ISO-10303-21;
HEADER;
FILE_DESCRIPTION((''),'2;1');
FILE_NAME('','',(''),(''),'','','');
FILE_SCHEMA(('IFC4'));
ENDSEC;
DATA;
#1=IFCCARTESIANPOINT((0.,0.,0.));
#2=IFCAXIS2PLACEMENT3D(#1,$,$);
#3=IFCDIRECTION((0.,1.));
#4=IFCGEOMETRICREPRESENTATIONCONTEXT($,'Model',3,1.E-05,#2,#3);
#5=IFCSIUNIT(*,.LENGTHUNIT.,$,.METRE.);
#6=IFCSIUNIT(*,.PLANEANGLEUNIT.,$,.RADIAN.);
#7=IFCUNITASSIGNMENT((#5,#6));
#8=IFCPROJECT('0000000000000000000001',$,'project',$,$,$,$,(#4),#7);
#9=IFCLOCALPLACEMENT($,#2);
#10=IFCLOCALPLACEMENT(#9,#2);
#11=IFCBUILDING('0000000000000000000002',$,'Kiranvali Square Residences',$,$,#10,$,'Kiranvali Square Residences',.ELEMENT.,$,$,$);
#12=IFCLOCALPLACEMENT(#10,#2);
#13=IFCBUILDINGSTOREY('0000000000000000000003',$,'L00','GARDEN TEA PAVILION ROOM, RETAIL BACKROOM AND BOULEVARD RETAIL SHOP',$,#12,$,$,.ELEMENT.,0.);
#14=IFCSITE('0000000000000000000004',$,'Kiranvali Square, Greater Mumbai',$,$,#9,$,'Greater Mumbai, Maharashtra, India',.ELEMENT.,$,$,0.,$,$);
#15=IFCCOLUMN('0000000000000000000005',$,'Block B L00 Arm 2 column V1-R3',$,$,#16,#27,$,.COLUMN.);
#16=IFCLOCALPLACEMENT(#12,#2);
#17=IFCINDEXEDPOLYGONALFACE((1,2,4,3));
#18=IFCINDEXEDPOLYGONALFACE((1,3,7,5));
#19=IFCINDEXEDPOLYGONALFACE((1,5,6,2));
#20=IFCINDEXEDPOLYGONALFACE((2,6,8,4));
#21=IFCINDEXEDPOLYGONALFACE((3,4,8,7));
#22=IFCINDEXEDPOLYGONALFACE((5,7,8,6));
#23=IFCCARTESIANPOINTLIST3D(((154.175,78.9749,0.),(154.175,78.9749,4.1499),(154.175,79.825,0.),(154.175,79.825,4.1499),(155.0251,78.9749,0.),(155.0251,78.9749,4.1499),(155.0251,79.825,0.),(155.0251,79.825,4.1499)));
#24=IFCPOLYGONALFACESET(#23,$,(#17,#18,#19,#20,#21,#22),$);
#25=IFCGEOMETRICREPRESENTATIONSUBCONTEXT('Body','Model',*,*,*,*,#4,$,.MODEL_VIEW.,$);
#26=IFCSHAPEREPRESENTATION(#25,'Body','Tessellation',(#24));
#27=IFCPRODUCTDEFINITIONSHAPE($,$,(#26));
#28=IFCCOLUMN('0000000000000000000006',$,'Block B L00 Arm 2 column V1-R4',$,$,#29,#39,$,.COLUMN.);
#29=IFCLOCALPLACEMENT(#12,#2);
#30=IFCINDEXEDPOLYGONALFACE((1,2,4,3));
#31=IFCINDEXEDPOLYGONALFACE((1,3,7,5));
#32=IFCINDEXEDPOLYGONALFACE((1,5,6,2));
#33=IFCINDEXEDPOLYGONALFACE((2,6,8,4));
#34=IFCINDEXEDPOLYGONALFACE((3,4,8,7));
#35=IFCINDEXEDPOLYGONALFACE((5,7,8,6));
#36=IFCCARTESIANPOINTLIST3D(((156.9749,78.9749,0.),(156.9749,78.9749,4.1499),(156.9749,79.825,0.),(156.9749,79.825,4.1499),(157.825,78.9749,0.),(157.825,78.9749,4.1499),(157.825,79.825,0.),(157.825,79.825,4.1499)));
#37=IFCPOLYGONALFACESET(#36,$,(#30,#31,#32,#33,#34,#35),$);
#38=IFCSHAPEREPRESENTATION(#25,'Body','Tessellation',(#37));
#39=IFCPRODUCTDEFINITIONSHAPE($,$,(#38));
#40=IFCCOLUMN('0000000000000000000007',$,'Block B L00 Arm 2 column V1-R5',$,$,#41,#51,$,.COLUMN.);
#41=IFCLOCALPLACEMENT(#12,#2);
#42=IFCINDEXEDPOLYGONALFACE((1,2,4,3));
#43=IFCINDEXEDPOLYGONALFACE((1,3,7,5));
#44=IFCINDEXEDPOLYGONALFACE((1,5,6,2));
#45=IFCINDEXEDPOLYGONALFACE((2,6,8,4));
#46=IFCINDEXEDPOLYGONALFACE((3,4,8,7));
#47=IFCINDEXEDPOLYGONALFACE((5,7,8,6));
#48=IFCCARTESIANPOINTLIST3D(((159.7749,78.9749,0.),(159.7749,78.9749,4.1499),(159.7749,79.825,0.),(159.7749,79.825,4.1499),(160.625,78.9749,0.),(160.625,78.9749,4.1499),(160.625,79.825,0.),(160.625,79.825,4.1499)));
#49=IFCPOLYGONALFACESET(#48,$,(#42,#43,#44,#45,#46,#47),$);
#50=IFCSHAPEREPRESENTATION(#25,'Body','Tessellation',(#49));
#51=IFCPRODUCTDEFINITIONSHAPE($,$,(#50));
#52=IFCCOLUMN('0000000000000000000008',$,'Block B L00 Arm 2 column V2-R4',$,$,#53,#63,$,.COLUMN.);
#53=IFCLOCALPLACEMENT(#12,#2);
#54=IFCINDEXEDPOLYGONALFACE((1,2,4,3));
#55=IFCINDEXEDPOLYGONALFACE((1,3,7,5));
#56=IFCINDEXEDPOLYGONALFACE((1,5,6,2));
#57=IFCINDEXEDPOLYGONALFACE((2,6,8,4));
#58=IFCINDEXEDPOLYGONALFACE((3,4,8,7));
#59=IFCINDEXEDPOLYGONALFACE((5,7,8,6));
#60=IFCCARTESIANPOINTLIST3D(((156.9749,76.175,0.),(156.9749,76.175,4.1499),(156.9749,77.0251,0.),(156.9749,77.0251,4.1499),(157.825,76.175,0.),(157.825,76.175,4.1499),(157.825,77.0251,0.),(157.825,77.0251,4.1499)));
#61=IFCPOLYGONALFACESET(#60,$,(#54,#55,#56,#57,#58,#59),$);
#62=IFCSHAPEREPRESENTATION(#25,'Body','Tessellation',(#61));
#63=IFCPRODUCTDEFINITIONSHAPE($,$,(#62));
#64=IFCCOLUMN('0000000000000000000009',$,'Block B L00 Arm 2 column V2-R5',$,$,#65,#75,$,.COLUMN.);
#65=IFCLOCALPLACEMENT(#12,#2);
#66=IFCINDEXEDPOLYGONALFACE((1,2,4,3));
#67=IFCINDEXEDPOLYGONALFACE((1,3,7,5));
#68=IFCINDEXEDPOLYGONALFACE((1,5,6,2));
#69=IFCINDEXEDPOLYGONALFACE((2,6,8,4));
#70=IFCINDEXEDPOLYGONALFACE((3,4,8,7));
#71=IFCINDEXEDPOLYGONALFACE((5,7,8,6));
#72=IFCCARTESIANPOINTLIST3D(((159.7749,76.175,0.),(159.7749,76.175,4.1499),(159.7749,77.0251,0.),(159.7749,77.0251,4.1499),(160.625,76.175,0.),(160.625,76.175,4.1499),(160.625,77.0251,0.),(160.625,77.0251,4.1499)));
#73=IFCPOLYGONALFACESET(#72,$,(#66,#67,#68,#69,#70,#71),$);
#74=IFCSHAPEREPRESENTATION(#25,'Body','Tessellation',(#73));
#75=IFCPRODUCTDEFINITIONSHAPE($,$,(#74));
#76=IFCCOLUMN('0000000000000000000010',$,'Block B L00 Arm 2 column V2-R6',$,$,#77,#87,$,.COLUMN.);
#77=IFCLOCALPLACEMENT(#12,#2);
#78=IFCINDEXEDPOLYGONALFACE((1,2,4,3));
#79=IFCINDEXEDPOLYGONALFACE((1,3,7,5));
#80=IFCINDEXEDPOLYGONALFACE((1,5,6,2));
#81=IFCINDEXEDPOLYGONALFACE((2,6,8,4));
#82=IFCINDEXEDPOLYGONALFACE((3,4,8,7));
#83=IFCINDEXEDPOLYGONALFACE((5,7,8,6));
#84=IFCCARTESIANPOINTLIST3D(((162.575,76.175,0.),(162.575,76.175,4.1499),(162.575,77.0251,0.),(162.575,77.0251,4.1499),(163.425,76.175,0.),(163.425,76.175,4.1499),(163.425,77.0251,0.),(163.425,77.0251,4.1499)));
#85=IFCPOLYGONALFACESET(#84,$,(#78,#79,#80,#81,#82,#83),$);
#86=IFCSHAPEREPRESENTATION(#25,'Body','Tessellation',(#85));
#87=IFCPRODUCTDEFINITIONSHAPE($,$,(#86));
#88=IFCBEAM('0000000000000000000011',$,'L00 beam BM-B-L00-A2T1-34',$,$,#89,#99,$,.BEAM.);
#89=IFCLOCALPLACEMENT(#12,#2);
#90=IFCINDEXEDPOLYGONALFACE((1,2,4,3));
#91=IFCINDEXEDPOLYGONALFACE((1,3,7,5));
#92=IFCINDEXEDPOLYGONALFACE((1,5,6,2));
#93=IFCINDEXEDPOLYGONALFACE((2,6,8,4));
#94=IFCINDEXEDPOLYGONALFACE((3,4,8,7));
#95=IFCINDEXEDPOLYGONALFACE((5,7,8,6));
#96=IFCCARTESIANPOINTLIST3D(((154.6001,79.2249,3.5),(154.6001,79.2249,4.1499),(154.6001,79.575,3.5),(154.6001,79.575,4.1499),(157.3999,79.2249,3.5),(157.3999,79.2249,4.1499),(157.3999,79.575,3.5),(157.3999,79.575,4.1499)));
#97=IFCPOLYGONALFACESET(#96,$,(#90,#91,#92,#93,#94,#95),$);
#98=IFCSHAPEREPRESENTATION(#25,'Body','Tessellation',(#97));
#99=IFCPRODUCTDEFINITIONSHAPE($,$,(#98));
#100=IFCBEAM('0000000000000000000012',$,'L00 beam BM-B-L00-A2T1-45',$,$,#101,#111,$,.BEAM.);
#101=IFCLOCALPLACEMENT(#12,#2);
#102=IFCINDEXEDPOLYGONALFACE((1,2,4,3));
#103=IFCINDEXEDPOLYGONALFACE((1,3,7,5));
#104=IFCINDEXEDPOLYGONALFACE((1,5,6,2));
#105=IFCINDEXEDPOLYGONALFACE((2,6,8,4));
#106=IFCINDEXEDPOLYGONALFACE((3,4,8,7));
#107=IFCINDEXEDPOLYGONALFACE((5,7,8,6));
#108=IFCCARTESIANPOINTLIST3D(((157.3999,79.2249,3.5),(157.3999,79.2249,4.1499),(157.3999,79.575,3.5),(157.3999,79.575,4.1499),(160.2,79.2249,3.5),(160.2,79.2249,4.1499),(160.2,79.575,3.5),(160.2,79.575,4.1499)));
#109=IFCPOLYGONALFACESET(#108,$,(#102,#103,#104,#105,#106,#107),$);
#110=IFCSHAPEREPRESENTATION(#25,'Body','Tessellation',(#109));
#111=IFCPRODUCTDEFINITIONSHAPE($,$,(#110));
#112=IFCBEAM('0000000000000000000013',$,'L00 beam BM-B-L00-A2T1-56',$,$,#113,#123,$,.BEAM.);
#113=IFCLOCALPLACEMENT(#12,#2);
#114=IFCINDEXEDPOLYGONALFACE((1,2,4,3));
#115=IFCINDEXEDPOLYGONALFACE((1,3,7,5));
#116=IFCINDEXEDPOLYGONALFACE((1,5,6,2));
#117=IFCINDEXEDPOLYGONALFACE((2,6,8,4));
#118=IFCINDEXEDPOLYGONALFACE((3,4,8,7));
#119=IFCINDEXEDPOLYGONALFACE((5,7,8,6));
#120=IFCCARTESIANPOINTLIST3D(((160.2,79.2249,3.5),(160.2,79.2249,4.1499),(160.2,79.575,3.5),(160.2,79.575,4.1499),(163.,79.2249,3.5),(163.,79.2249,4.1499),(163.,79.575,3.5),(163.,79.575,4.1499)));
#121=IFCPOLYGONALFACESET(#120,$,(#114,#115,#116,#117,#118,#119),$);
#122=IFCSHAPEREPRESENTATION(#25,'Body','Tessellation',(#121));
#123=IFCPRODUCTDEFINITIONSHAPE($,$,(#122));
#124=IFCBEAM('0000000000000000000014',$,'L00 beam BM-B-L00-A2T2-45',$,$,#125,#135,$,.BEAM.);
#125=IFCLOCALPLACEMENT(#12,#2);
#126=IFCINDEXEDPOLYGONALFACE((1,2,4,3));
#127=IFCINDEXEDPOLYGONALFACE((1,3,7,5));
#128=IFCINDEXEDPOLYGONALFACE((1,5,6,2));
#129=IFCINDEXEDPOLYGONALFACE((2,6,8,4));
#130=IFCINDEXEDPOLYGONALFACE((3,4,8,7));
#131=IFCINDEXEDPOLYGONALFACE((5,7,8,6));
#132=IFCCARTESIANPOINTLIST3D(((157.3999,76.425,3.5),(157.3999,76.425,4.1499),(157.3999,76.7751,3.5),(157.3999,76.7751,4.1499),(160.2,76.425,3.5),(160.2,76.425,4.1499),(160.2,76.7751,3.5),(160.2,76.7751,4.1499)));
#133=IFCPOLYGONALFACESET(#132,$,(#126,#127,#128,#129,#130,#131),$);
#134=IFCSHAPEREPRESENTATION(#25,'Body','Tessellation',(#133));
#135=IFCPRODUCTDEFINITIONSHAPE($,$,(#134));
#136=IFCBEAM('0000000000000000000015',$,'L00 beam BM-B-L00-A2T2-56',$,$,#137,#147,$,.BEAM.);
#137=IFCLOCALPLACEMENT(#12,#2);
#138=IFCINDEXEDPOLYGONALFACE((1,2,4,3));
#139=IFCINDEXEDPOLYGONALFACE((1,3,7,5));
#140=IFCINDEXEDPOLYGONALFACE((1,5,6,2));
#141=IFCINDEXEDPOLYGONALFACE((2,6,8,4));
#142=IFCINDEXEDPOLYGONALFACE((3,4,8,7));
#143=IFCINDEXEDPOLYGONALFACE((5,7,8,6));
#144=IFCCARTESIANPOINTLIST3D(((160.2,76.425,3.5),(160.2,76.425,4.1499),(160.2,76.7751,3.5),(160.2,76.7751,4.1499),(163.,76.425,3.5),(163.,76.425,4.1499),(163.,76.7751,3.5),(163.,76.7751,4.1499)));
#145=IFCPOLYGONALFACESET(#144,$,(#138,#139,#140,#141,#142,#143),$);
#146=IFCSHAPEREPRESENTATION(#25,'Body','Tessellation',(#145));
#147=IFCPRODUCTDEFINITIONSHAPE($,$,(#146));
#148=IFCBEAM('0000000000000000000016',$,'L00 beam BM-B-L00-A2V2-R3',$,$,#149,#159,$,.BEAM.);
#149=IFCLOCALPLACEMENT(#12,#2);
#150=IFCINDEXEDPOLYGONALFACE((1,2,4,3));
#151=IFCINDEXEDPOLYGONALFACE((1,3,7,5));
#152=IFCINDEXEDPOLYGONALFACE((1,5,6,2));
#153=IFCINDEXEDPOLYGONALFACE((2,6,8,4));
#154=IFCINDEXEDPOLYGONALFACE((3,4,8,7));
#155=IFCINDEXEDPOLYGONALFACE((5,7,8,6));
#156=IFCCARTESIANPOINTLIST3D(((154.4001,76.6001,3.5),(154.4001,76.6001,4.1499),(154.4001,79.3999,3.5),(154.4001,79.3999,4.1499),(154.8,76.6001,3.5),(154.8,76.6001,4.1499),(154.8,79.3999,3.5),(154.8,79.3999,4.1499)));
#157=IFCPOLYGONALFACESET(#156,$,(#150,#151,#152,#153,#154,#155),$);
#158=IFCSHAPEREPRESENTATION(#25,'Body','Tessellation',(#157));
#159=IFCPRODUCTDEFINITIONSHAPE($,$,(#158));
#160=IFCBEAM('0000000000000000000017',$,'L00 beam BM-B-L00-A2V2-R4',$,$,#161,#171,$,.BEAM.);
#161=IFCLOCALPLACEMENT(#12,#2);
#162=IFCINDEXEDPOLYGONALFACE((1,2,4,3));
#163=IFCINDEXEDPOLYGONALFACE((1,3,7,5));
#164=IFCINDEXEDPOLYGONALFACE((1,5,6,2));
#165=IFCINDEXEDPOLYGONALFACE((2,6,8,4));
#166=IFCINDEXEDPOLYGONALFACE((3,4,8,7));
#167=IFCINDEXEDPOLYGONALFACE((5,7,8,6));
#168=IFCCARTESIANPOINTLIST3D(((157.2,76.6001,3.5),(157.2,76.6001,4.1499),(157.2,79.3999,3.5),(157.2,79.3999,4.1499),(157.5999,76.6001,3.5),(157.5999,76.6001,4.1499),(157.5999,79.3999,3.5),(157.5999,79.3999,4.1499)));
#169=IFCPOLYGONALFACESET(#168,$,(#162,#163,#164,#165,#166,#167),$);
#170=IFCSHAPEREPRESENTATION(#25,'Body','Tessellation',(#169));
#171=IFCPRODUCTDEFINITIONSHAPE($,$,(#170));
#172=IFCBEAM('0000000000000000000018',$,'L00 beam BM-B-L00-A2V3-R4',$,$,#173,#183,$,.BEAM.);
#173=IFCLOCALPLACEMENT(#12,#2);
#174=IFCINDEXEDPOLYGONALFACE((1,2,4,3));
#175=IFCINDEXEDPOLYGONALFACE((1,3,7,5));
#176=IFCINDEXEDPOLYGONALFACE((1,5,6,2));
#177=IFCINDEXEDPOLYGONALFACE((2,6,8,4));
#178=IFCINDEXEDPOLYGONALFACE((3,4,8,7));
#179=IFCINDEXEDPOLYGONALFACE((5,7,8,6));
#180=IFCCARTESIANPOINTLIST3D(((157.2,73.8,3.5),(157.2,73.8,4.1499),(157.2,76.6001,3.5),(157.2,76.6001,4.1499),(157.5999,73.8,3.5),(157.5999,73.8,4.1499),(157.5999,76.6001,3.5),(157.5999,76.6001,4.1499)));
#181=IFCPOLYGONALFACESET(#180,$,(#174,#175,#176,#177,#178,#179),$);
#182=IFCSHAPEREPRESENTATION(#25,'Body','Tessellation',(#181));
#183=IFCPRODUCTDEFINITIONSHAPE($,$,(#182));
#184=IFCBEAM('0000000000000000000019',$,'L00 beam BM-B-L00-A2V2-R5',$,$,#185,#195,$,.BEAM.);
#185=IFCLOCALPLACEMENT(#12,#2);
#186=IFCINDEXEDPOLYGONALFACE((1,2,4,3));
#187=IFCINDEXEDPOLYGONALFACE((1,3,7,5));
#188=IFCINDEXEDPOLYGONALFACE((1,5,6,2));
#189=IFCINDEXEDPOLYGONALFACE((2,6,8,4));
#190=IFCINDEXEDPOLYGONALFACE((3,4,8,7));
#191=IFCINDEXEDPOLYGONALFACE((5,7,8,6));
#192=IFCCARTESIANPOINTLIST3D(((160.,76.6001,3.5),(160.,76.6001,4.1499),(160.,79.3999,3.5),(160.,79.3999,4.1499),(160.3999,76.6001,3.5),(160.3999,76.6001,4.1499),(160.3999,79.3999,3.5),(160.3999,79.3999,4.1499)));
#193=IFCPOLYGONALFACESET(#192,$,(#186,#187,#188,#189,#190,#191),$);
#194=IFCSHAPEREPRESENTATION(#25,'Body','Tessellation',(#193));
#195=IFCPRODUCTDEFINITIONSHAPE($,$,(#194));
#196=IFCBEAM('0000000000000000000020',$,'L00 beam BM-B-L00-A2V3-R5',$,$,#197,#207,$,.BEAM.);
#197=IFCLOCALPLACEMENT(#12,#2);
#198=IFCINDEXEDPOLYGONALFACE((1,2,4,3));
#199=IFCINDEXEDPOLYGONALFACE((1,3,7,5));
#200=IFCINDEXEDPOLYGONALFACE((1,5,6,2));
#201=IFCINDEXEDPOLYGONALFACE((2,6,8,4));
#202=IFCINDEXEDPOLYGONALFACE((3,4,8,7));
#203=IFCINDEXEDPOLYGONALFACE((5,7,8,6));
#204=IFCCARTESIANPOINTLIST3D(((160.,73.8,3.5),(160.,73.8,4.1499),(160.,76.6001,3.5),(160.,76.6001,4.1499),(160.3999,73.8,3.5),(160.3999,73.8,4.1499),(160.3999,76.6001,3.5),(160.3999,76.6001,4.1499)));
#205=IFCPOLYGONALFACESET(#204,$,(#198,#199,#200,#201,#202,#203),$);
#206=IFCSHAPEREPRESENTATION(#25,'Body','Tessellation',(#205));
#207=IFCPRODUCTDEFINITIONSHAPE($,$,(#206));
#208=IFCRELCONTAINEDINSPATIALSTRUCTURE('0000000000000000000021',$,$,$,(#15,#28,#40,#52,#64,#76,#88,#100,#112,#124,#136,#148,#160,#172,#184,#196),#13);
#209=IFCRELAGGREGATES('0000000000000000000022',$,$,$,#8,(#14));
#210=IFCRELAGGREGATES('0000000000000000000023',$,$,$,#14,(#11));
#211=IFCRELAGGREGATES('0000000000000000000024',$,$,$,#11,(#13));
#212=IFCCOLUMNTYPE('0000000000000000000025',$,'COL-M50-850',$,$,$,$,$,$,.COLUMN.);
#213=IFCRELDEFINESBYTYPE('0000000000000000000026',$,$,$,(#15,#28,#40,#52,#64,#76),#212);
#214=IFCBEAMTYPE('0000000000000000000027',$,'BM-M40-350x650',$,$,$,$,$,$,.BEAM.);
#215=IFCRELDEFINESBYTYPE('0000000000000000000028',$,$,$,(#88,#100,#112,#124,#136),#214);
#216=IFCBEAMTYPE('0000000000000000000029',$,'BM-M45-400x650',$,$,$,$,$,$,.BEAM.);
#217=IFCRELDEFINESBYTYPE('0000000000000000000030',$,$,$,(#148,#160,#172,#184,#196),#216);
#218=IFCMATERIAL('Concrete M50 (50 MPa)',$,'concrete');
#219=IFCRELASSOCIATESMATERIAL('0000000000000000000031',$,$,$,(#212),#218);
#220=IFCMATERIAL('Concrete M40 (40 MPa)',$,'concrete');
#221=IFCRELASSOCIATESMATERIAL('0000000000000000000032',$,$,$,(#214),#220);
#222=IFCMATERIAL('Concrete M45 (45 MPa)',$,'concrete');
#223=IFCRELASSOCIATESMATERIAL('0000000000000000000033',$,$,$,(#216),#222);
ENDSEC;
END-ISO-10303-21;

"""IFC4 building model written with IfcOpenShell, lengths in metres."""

from ifc_helpers import new_model, si_unit, direction, frame, origin, origin_2d, place, context, subcontext, project, spatial, rectangle, extrude, material, material_profile, profile_set, type_object, element, save


model = new_model("IFC4")

# Units and contexts
model_context = context("Model", 3, precision=1e-05, world=origin(), true_north=direction((0.0, 1.0)))
body_context = subcontext(model_context, "Body", "Model", "MODEL_VIEW")
ifc_project = project(units=[si_unit("LENGTHUNIT", "METRE"), si_unit("PLANEANGLEUNIT", "RADIAN")], contexts=[model_context])

# Site, building, storey
site_placement = place(None, origin())
site = spatial("IfcSite", under=ifc_project, at=site_placement, Name="Kiranvali Square, Greater Mumbai", LongName="Greater Mumbai, Maharashtra, India", CompositionType="ELEMENT", RefElevation=0.0)
building_placement = place(site_placement, origin())
building = spatial("IfcBuilding", under=site, at=building_placement, Name="Kiranvali Square Residences", LongName="Kiranvali Square Residences", CompositionType="ELEMENT")
storey_placement = place(building_placement, origin())
storey = spatial("IfcBuildingStorey", under=building, at=storey_placement, Name="L00", Description="GARDEN TEA PAVILION ROOM, RETAIL BACKROOM AND BOULEVARD RETAIL SHOP", CompositionType="ELEMENT", Elevation=0.0)

# Columns
ifc_material_1 = material(Name="Concrete M50 (50 MPa)", Category="concrete")
ifc_material_profile_1 = material_profile(ifc_material_1, rectangle(XDim=0.8501, YDim=0.8501, at=origin_2d()), Name="RC 850x850")
ifc_profile_set_1 = profile_set([ifc_material_profile_1], Name="Concrete M50 (50 MPa)")
column_type = type_object("IfcColumnType", Name="COL-M50-850", PredefinedType="COLUMN", material=ifc_profile_set_1)
for number, where, z_axis, x_axis, name in (
    (1, (154.6001, 79.3999, 0.0), (0.0, 0.0, 1.0), (1.0, 0.0, 0.0), "Block B L00 Arm 2 column V1-R3"),
    (2, (157.3999, 79.3999, 0.0), (0.0, 0.0, 1.0), (1.0, 0.0, 0.0), "Block B L00 Arm 2 column V1-R4"),
    (3, (160.2, 79.3999, 0.0), (0.0, 0.0, 1.0), (1.0, 0.0, 0.0), "Block B L00 Arm 2 column V1-R5"),
    (4, (157.3999, 76.6001, 0.0), (0.0, 0.0, 1.0), (1.0, 0.0, 0.0), "Block B L00 Arm 2 column V2-R4"),
    (5, (160.2, 76.6001, 0.0), (0.0, 0.0, 1.0), (1.0, 0.0, 0.0), "Block B L00 Arm 2 column V2-R5"),
    (6, (163.0, 76.6001, 0.0), (0.0, 0.0, 1.0), (1.0, 0.0, 0.0), "Block B L00 Arm 2 column V2-R6"),
):
    element("IfcColumn", number, at=place(storey_placement, frame(where, z_axis=z_axis, x_axis=x_axis)), inside=storey, type_object=column_type, Name=name, PredefinedType="COLUMN", context=body_context, shape_type="SweptSolid", body=[
        extrude(rectangle(XDim=0.8501, YDim=0.8501, at=origin_2d()), origin(), (0.0, 0.0, 1.0), 4.1499),
    ])

# Beams
ifc_material_2 = material(Name="Concrete M40 (40 MPa)", Category="concrete")
ifc_material_profile_2 = material_profile(ifc_material_2, rectangle(XDim=0.3501, YDim=0.6499, at=origin_2d()), Name="RC 350x650")
ifc_profile_set_2 = profile_set([ifc_material_profile_2], Name="Concrete M40 (40 MPa)")
beam_type_1 = type_object("IfcBeamType", Name="BM-M40-350x650", PredefinedType="BEAM", material=ifc_profile_set_2)
beam_1_placement = place(storey_placement, frame((154.6001, 79.3999, 3.825), z_axis=(1.0, 0.0, 0.0), x_axis=(0.0, 1.0, 0.0)))
element("IfcBeam", 7, at=beam_1_placement, inside=storey, type_object=beam_type_1, Name="L00 beam BM-B-L00-A2T1-34", PredefinedType="BEAM", context=body_context, shape_type="SweptSolid", body=[
    extrude(rectangle(XDim=0.3501, YDim=0.6499, at=origin_2d()), origin(), (0.0, 0.0, 1.0), 2.7998),
])
for number, where, z_axis, x_axis, name in (
    (8, (157.3999, 79.3999, 3.825), (1.0, 0.0, 0.0), (0.0, 1.0, 0.0), "L00 beam BM-B-L00-A2T1-45"),
    (9, (160.2, 79.3999, 3.825), (1.0, 0.0, 0.0), (0.0, 1.0, 0.0), "L00 beam BM-B-L00-A2T1-56"),
    (10, (157.3999, 76.6001, 3.825), (1.0, 0.0, 0.0), (0.0, 1.0, 0.0), "L00 beam BM-B-L00-A2T2-45"),
    (11, (160.2, 76.6001, 3.825), (1.0, 0.0, 0.0), (0.0, 1.0, 0.0), "L00 beam BM-B-L00-A2T2-56"),
):
    element("IfcBeam", number, at=place(storey_placement, frame(where, z_axis=z_axis, x_axis=x_axis)), inside=storey, type_object=beam_type_1, Name=name, PredefinedType="BEAM", context=body_context, shape_type="SweptSolid", body=[
        extrude(rectangle(XDim=0.3501, YDim=0.6499, at=origin_2d()), origin(), (0.0, 0.0, 1.0), 2.8),
    ])
ifc_material_3 = material(Name="Concrete M45 (45 MPa)", Category="concrete")
ifc_material_profile_3 = material_profile(ifc_material_3, rectangle(XDim=0.3999, YDim=0.6499, at=origin_2d()), Name="RC 400x650")
ifc_profile_set_3 = profile_set([ifc_material_profile_3], Name="Concrete M45 (45 MPa)")
beam_type_2 = type_object("IfcBeamType", Name="BM-M45-400x650", PredefinedType="BEAM", material=ifc_profile_set_3)
for number, where, z_axis, x_axis, name in (
    (12, (154.6001, 79.3999, 3.825), (0.0, -1.0, 0.0), (1.0, 0.0, 0.0), "L00 beam BM-B-L00-A2V2-R3"),
    (13, (157.3999, 79.3999, 3.825), (0.0, -1.0, 0.0), (1.0, 0.0, 0.0), "L00 beam BM-B-L00-A2V2-R4"),
):
    element("IfcBeam", number, at=place(storey_placement, frame(where, z_axis=z_axis, x_axis=x_axis)), inside=storey, type_object=beam_type_2, Name=name, PredefinedType="BEAM", context=body_context, shape_type="SweptSolid", body=[
        extrude(rectangle(XDim=0.3999, YDim=0.6499, at=origin_2d()), origin(), (0.0, 0.0, 1.0), 2.7998),
    ])
beam_2_placement = place(storey_placement, frame((157.3999, 76.6001, 3.825), z_axis=(0.0, -1.0, 0.0), x_axis=(1.0, 0.0, 0.0)))
element("IfcBeam", 14, at=beam_2_placement, inside=storey, type_object=beam_type_2, Name="L00 beam BM-B-L00-A2V3-R4", PredefinedType="BEAM", context=body_context, shape_type="SweptSolid", body=[
    extrude(rectangle(XDim=0.3999, YDim=0.6499, at=origin_2d()), origin(), (0.0, 0.0, 1.0), 2.8),
])
beam_3_placement = place(storey_placement, frame((160.2, 79.3999, 3.825), z_axis=(0.0, -1.0, 0.0), x_axis=(1.0, 0.0, 0.0)))
element("IfcBeam", 15, at=beam_3_placement, inside=storey, type_object=beam_type_2, Name="L00 beam BM-B-L00-A2V2-R5", PredefinedType="BEAM", context=body_context, shape_type="SweptSolid", body=[
    extrude(rectangle(XDim=0.3999, YDim=0.6499, at=origin_2d()), origin(), (0.0, 0.0, 1.0), 2.7998),
])
beam_4_placement = place(storey_placement, frame((160.2, 76.6001, 3.825), z_axis=(0.0, -1.0, 0.0), x_axis=(1.0, 0.0, 0.0)))
element("IfcBeam", 16, at=beam_4_placement, inside=storey, type_object=beam_type_2, Name="L00 beam BM-B-L00-A2V3-R5", PredefinedType="BEAM", context=body_context, shape_type="SweptSolid", body=[
    extrude(rectangle(XDim=0.3999, YDim=0.6499, at=origin_2d()), origin(), (0.0, 0.0, 1.0), 2.8),
])

save(model, "model.ifc")
